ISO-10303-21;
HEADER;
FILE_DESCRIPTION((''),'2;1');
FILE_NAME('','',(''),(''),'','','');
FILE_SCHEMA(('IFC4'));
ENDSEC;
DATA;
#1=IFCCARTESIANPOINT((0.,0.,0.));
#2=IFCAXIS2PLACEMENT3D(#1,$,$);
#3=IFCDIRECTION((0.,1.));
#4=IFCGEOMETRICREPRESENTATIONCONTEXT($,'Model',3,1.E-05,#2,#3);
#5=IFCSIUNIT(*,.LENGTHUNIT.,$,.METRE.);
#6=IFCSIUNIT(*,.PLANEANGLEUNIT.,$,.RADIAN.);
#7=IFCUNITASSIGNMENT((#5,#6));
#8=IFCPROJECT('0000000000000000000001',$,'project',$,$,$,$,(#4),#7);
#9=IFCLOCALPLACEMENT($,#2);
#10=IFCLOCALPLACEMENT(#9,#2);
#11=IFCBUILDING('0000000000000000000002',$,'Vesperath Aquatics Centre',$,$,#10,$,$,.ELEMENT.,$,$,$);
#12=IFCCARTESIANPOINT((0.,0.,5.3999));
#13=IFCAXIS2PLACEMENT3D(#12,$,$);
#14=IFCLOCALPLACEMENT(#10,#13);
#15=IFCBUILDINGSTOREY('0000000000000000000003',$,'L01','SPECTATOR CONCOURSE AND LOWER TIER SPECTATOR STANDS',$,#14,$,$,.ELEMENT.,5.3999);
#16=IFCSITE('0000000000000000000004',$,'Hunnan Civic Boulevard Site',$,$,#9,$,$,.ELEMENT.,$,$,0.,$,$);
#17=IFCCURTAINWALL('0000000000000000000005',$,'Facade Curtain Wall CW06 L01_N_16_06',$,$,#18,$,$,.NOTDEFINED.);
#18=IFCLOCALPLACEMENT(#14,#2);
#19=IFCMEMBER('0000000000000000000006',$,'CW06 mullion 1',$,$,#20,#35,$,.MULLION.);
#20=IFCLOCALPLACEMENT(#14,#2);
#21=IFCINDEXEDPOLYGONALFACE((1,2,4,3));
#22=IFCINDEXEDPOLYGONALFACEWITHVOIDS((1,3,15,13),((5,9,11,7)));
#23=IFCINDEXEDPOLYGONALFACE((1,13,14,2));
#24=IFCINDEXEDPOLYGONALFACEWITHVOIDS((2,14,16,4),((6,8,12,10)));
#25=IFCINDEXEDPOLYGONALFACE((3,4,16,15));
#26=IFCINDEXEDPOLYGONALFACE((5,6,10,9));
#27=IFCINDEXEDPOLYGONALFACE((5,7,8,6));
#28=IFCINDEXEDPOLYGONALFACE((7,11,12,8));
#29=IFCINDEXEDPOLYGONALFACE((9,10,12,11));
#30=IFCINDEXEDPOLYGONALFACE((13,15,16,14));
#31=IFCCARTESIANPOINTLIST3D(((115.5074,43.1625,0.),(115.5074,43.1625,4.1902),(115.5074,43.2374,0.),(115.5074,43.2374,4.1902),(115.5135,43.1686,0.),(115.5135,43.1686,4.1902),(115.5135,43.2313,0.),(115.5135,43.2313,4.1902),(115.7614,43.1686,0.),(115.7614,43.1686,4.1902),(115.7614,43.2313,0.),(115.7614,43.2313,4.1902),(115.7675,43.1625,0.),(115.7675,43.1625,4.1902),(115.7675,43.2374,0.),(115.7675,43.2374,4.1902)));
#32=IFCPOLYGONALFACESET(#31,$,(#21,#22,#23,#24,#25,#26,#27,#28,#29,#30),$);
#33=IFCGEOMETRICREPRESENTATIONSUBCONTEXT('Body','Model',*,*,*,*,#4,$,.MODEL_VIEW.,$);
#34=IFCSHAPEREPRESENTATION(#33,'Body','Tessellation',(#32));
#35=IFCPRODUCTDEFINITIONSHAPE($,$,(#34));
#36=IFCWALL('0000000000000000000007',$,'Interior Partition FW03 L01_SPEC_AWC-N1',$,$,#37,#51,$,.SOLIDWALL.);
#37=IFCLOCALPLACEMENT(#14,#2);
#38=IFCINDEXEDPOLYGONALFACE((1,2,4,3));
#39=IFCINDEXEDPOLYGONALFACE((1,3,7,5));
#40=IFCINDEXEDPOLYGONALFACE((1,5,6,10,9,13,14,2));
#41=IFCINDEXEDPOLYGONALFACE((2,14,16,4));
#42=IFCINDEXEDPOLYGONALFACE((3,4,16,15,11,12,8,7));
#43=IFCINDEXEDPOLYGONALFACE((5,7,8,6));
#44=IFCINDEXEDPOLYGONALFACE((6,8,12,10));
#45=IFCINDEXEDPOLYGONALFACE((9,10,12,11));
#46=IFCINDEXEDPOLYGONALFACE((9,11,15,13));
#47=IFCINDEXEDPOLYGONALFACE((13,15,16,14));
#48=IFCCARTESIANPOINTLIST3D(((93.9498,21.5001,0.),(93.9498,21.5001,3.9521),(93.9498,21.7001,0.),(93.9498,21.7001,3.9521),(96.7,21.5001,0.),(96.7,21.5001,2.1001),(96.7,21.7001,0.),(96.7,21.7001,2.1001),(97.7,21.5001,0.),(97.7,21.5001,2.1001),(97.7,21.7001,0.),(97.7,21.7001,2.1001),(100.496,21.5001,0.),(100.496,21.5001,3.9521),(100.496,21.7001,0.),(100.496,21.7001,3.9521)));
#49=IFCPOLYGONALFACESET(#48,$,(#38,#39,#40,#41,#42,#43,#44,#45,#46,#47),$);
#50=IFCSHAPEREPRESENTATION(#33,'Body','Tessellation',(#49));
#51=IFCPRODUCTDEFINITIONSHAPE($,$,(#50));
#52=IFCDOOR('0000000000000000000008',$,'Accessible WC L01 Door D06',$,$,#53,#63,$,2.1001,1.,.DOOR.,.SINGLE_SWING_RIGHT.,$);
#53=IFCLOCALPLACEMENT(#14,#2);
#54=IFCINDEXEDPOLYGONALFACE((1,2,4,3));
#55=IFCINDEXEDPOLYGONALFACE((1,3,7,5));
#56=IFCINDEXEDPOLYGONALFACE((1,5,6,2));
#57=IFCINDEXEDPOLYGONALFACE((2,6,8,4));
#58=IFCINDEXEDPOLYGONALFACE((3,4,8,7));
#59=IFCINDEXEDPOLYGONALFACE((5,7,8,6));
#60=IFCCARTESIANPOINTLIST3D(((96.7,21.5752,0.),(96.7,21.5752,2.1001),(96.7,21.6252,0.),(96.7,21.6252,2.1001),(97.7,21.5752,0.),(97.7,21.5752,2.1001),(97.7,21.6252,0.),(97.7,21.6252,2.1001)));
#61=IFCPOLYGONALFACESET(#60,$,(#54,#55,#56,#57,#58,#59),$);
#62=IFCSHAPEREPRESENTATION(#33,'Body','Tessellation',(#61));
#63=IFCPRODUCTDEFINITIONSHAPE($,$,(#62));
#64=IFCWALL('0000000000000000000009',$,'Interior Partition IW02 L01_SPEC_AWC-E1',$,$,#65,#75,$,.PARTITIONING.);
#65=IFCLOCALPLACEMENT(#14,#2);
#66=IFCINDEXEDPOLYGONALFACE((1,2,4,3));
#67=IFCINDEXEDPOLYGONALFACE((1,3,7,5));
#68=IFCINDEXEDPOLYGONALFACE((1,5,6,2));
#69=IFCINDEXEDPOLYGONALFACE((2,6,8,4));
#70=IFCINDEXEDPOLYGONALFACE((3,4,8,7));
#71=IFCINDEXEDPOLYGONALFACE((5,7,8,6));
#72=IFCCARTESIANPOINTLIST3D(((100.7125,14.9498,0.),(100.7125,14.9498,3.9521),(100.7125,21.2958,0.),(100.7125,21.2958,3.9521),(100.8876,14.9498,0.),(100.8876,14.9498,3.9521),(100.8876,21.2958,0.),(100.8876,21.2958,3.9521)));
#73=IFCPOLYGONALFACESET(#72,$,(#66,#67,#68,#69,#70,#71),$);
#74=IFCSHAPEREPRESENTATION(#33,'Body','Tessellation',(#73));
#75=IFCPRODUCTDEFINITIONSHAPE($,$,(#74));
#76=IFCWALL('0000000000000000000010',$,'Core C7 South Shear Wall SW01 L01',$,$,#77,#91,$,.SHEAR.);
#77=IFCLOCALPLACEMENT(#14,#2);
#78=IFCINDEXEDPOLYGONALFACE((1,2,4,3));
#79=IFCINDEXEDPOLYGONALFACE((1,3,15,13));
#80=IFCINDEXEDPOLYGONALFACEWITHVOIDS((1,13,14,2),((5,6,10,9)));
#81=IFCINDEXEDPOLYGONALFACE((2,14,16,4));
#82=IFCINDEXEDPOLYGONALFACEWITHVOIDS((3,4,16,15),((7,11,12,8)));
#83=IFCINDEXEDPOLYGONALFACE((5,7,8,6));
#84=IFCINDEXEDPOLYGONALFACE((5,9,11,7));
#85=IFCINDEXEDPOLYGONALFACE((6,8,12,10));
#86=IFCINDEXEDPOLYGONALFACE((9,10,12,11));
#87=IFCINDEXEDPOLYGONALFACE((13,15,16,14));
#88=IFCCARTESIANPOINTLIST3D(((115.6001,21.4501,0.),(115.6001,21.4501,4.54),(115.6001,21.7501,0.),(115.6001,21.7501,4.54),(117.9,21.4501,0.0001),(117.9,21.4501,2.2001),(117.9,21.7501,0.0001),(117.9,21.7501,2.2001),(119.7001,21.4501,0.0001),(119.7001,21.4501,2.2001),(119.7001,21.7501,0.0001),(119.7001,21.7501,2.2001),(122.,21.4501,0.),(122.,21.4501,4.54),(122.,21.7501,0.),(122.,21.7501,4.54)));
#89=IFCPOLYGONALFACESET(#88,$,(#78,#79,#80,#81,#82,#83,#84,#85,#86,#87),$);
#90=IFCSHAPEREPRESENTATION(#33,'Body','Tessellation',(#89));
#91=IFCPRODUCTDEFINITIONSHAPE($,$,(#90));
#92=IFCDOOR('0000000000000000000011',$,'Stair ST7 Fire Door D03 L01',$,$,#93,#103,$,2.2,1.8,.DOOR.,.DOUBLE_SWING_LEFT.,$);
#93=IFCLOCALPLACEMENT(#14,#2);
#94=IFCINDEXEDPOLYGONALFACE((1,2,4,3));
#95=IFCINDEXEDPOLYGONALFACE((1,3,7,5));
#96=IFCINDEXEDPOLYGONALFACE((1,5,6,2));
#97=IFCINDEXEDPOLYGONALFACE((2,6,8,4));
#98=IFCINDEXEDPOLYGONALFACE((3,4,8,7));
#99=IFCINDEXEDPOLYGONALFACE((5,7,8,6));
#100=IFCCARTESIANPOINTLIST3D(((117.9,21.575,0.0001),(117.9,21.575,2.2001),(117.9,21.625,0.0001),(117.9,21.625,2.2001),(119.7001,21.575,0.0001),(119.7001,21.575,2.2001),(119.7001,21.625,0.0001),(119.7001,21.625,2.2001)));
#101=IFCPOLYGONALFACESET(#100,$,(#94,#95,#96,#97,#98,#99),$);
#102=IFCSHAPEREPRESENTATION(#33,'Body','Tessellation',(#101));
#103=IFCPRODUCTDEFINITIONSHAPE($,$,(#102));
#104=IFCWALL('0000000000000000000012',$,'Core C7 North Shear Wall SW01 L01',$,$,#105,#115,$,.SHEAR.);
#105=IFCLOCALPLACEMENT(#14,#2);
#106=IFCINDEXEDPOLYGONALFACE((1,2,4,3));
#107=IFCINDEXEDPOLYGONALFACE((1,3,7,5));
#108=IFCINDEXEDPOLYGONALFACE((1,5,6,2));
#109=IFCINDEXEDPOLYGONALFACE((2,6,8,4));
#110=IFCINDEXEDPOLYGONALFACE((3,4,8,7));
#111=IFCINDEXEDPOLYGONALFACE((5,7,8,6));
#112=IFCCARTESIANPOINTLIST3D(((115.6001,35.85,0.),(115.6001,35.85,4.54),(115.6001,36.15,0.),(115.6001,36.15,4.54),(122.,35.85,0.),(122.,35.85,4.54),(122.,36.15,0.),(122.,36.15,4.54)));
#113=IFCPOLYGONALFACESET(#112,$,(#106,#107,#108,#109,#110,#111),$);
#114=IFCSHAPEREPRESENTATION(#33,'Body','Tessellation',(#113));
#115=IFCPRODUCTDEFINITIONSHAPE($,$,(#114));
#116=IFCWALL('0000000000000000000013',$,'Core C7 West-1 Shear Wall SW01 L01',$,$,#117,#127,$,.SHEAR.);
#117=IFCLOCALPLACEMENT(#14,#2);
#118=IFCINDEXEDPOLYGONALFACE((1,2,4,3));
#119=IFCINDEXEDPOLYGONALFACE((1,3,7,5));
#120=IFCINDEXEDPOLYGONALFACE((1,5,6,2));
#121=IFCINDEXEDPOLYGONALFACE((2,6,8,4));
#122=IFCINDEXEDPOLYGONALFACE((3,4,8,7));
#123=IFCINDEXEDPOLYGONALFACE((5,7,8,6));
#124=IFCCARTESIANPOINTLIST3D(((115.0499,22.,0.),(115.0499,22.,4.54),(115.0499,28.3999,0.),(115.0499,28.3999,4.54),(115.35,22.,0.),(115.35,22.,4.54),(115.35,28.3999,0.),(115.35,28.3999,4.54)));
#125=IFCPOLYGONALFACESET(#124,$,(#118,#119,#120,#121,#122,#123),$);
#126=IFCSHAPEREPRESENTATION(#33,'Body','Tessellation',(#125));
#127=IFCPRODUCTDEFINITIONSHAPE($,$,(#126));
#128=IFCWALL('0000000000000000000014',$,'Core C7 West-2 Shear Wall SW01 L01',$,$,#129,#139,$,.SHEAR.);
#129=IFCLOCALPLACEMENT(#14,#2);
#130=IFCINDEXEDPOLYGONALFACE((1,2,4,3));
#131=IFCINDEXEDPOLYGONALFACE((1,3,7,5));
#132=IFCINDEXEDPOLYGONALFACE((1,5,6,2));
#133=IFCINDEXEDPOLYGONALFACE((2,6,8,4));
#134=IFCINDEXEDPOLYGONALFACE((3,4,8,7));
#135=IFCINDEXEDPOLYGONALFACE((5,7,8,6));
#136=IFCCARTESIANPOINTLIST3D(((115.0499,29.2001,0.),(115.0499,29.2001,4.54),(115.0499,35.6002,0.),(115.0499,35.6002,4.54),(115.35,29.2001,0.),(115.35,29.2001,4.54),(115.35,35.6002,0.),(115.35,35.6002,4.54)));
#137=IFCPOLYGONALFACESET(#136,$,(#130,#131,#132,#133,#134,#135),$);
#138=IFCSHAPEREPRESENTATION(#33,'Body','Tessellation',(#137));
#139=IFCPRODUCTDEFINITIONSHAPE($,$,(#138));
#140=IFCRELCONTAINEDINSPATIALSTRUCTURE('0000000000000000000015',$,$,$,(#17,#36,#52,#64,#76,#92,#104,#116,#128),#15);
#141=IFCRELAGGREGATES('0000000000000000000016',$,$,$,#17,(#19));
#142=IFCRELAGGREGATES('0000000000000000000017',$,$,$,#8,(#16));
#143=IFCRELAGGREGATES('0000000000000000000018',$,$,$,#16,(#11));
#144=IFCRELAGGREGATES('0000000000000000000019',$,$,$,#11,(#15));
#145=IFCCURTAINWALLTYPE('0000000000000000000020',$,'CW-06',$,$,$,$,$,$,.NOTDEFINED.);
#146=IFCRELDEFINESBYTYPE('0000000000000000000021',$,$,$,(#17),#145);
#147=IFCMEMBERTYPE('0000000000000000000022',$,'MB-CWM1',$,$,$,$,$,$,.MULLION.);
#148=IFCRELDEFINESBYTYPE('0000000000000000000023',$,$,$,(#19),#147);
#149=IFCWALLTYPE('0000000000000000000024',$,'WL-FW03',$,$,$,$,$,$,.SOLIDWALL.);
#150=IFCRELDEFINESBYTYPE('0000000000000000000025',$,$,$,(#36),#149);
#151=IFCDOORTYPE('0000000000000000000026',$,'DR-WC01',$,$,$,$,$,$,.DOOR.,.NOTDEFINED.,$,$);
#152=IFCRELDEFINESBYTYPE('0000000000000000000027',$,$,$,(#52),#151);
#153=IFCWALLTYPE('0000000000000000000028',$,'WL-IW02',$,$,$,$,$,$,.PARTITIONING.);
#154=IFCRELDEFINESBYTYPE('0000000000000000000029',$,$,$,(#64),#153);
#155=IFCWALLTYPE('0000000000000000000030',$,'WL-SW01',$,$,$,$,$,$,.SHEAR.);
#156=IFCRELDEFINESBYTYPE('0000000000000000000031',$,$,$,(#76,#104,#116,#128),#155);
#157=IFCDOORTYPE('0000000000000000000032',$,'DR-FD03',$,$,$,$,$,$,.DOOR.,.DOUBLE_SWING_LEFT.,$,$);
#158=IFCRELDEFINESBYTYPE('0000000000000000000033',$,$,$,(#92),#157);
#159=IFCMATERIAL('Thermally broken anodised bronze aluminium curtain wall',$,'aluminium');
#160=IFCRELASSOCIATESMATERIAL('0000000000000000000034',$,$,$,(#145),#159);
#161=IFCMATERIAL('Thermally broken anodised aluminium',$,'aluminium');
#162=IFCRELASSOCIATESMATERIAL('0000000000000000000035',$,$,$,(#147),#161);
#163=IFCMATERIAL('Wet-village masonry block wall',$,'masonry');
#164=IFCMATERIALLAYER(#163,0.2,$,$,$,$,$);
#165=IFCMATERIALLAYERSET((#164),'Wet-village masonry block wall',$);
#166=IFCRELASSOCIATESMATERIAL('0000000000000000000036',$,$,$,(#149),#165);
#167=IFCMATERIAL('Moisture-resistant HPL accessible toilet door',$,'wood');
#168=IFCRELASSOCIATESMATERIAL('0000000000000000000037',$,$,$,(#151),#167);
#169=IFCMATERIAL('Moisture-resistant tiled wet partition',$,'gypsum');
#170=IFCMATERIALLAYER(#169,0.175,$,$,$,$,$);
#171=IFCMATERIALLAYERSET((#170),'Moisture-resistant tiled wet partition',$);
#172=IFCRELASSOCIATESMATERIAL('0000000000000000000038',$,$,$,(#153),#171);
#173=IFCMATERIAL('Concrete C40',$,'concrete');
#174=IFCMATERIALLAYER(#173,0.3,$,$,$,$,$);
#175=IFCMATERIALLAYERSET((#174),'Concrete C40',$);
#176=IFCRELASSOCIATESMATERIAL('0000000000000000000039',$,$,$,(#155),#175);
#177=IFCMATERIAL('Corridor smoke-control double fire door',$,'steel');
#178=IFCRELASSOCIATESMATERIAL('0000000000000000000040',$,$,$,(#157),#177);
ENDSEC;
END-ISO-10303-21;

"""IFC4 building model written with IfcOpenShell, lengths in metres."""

from ifc_helpers import new_model, si_unit, direction, frame, frame_2d, origin, origin_2d, place, context, subcontext, project, spatial, rectangle, hollow_rectangle, extrude, material, layer, layer_set, material_profile, profile_set, type_object, element, fill, aggregate, save


model = new_model("IFC4")

# Units and contexts
model_context = context("Model", 3, precision=1e-05, world=origin(), true_north=direction((0.0, 1.0)))
body_context = subcontext(model_context, "Body", "Model", "MODEL_VIEW")
ifc_project = project(units=[si_unit("LENGTHUNIT", "METRE"), si_unit("PLANEANGLEUNIT", "RADIAN")], contexts=[model_context])

# Site, building, storey
site_placement = place(None, origin())
site = spatial("IfcSite", under=ifc_project, at=site_placement, Name="Hunnan Civic Boulevard Site", CompositionType="ELEMENT", RefElevation=0.0)
building_placement = place(site_placement, origin())
building = spatial("IfcBuilding", under=site, at=building_placement, Name="Vesperath Aquatics Centre", CompositionType="ELEMENT")
storey_placement = place(building_placement, frame((0.0, 0.0, 5.3999)))
storey = spatial("IfcBuildingStorey", under=building, at=storey_placement, Name="L01", Description="SPECTATOR CONCOURSE AND LOWER TIER SPECTATOR STANDS", CompositionType="ELEMENT", Elevation=5.3999)

# Shared definitions
ifc_material_1 = material(Name="Concrete C40", Category="concrete")

# Curtain wall, member
ifc_material_2 = material(Name="Thermally broken anodised bronze aluminium curtain wall", Category="aluminium")
curtain_wall_type = type_object("IfcCurtainWallType", Name="CW-06", PredefinedType="NOTDEFINED", material=ifc_material_2)
curtain_wall_placement = place(storey_placement, origin())
curtain_wall = element("IfcCurtainWall", 1, at=curtain_wall_placement, inside=storey, type_object=curtain_wall_type, Name="Facade Curtain Wall CW06 L01_N_16_06", PredefinedType="NOTDEFINED")
ifc_material_3 = material(Name="Thermally broken anodised aluminium", Category="aluminium")
ifc_material_profile_1 = material_profile(ifc_material_3, hollow_rectangle(XDim=0.075, YDim=0.26, WallThickness=0.0061, at=origin_2d()), Name="CWM 75x260x6")
ifc_profile_set_1 = profile_set([ifc_material_profile_1], Name="Thermally broken anodised aluminium")
member_type = type_object("IfcMemberType", Name="MB-CWM1", PredefinedType="MULLION", material=ifc_profile_set_1)
member_placement = place(storey_placement, frame((115.6375, 43.2, 0.0), z_axis=(0.0, 0.0, 1.0), x_axis=(0.0, 1.0, 0.0)))
member = element("IfcMember", 2, at=member_placement, type_object=member_type, Name="CW06 mullion 1", PredefinedType="MULLION", context=body_context, shape_type="SweptSolid", body=[
    extrude(hollow_rectangle(XDim=0.075, YDim=0.26, WallThickness=0.0061, at=origin_2d()), origin(), (0.0, 0.0, 1.0), 4.1902),
])
aggregate(curtain_wall, [member])

# Wall, opening, door
ifc_material_4 = material(Name="Wet-village masonry block wall", Category="masonry")
ifc_layer_1 = layer(ifc_material_4, 0.2)
ifc_layer_set_1 = layer_set([ifc_layer_1], Name="Wet-village masonry block wall")
wall_type_1 = type_object("IfcWallType", Name="WL-FW03", PredefinedType="SOLIDWALL", material=ifc_layer_set_1)
wall_1_placement = place(storey_placement, frame((93.95, 21.6001, 0.0), z_axis=(0.0, 0.0, 1.0), x_axis=(1.0, 0.0, 0.0)))
wall_1 = element("IfcWall", 3, at=wall_1_placement, inside=storey, type_object=wall_type_1, Name="Interior Partition FW03 L01_SPEC_AWC-N1", PredefinedType="SOLIDWALL", context=body_context, shape_type="SweptSolid", body=[
    extrude(rectangle(XDim=6.5461, YDim=0.2, at=frame_2d((3.2729, 0.0))), origin(), (0.0, 0.0, 1.0), 3.9521),
])
opening_1_placement = place(wall_1_placement, frame((2.75, 0.0, 0.0)))
opening_1 = element("IfcOpeningElement", 4, at=opening_1_placement, cuts=wall_1, PredefinedType="OPENING", context=body_context, shape_type="SweptSolid", body=[
    extrude(rectangle(XDim=1.0, YDim=2.1001, at=frame_2d((0.5, 1.05))), frame((0.0, 0.1147, 0.0), z_axis=(0.0, -1.0, 0.0), x_axis=(1.0, 0.0, 0.0)), (0.0, 0.0, 1.0), 0.2297),
])
ifc_material_5 = material(Name="Moisture-resistant HPL accessible toilet door", Category="wood")
door_type_1 = type_object("IfcDoorType", Name="DR-WC01", OperationType="NOTDEFINED", PredefinedType="DOOR", material=ifc_material_5)
door_1_placement = place(opening_1_placement, frame((1.0, 0.0, 0.0), z_axis=(0.0, 0.0, 1.0), x_axis=(-1.0, 0.0, 0.0)))
door_1 = element("IfcDoor", 5, at=door_1_placement, inside=storey, type_object=door_type_1, Name="Accessible WC L01 Door D06", OperationType="SINGLE_SWING_RIGHT", OverallHeight=2.1001, OverallWidth=1.0, PredefinedType="DOOR", context=body_context, shape_type="SweptSolid", body=[
    extrude(rectangle(XDim=1.0, YDim=2.1001, at=frame_2d((0.5, 1.05))), frame((0.0, 0.0249, 0.0), z_axis=(0.0, -1.0, 0.0), x_axis=(1.0, 0.0, 0.0)), (0.0, 0.0, 1.0), 0.05),
])
fill(opening_1, door_1)

# Wall
ifc_material_6 = material(Name="Moisture-resistant tiled wet partition", Category="gypsum")
ifc_layer_2 = layer(ifc_material_6, 0.175)
ifc_layer_set_2 = layer_set([ifc_layer_2], Name="Moisture-resistant tiled wet partition")
wall_type_2 = type_object("IfcWallType", Name="WL-IW02", PredefinedType="PARTITIONING", material=ifc_layer_set_2)
wall_2_placement = place(storey_placement, frame((100.8, 14.95, 0.0), z_axis=(0.0, 0.0, 1.0), x_axis=(0.0, 1.0, 0.0)))
element("IfcWall", 6, at=wall_2_placement, inside=storey, type_object=wall_type_2, Name="Interior Partition IW02 L01_SPEC_AWC-E1", PredefinedType="PARTITIONING", context=body_context, shape_type="SweptSolid", body=[
    extrude(rectangle(XDim=6.3459, YDim=0.175, at=frame_2d((3.1729, 0.0))), origin(), (0.0, 0.0, 1.0), 3.9521),
])

# Wall, opening, door
ifc_layer_3 = layer(ifc_material_1, 0.3)
ifc_layer_set_3 = layer_set([ifc_layer_3], Name="Concrete C40")
wall_type_3 = type_object("IfcWallType", Name="WL-SW01", PredefinedType="SHEAR", material=ifc_layer_set_3)
wall_3_placement = place(storey_placement, frame((115.6001, 21.6001, 0.0), z_axis=(0.0, 0.0, 1.0), x_axis=(1.0, 0.0, 0.0)))
wall_3 = element("IfcWall", 7, at=wall_3_placement, inside=storey, type_object=wall_type_3, Name="Core C7 South Shear Wall SW01 L01", PredefinedType="SHEAR", context=body_context, shape_type="SweptSolid", body=[
    extrude(rectangle(XDim=6.3999, YDim=0.3, at=frame_2d((3.2, 0.0))), origin(), (0.0, 0.0, 1.0), 4.54),
])
opening_2_placement = place(wall_3_placement, frame((2.3, 0.0, 0.0)))
opening_2 = element("IfcOpeningElement", 8, at=opening_2_placement, cuts=wall_3, PredefinedType="OPENING", context=body_context, shape_type="SweptSolid", body=[
    extrude(rectangle(XDim=1.8, YDim=2.2, at=frame_2d((0.8999, 1.1001))), frame((0.0, 0.165, 0.0), z_axis=(0.0, -1.0, 0.0), x_axis=(1.0, 0.0, 0.0)), (0.0, 0.0, 1.0), 0.3298),
])
ifc_material_7 = material(Name="Corridor smoke-control double fire door", Category="steel")
door_type_2 = type_object("IfcDoorType", Name="DR-FD03", OperationType="DOUBLE_SWING_LEFT", PredefinedType="DOOR", material=ifc_material_7)
door_2_placement = place(opening_2_placement, origin())
door_2 = element("IfcDoor", 9, at=door_2_placement, inside=storey, type_object=door_type_2, Name="Stair ST7 Fire Door D03 L01", OperationType="DOUBLE_SWING_LEFT", OverallHeight=2.2, OverallWidth=1.8, PredefinedType="DOOR", context=body_context, shape_type="SweptSolid", body=[
    extrude(rectangle(XDim=1.8, YDim=2.2, at=frame_2d((0.8999, 1.1001))), frame((0.0, 0.0249, 0.0), z_axis=(0.0, -1.0, 0.0), x_axis=(1.0, 0.0, 0.0)), (0.0, 0.0, 1.0), 0.05),
])
fill(opening_2, door_2)

# Walls
for number, where, z_axis, x_axis, name in (
    (10, (115.6001, 36.0, 0.0), (0.0, 0.0, 1.0), (1.0, 0.0, 0.0), "Core C7 North Shear Wall SW01 L01"),
    (11, (115.2, 22.0, 0.0), (0.0, 0.0, 1.0), (0.0, 1.0, 0.0), "Core C7 West-1 Shear Wall SW01 L01"),
):
    element("IfcWall", number, at=place(storey_placement, frame(where, z_axis=z_axis, x_axis=x_axis)), inside=storey, type_object=wall_type_3, Name=name, PredefinedType="SHEAR", context=body_context, shape_type="SweptSolid", body=[
        extrude(rectangle(XDim=6.3999, YDim=0.3, at=frame_2d((3.2, 0.0))), origin(), (0.0, 0.0, 1.0), 4.54),
    ])
wall_4_placement = place(storey_placement, frame((115.2, 29.2, 0.0), z_axis=(0.0, 0.0, 1.0), x_axis=(0.0, 1.0, 0.0)))
element("IfcWall", 12, at=wall_4_placement, inside=storey, type_object=wall_type_3, Name="Core C7 West-2 Shear Wall SW01 L01", PredefinedType="SHEAR", context=body_context, shape_type="SweptSolid", body=[
    extrude(rectangle(XDim=6.4001, YDim=0.3, at=frame_2d((3.2002, 0.0))), origin(), (0.0, 0.0, 1.0), 4.54),
])

save(model, "model.ifc")
